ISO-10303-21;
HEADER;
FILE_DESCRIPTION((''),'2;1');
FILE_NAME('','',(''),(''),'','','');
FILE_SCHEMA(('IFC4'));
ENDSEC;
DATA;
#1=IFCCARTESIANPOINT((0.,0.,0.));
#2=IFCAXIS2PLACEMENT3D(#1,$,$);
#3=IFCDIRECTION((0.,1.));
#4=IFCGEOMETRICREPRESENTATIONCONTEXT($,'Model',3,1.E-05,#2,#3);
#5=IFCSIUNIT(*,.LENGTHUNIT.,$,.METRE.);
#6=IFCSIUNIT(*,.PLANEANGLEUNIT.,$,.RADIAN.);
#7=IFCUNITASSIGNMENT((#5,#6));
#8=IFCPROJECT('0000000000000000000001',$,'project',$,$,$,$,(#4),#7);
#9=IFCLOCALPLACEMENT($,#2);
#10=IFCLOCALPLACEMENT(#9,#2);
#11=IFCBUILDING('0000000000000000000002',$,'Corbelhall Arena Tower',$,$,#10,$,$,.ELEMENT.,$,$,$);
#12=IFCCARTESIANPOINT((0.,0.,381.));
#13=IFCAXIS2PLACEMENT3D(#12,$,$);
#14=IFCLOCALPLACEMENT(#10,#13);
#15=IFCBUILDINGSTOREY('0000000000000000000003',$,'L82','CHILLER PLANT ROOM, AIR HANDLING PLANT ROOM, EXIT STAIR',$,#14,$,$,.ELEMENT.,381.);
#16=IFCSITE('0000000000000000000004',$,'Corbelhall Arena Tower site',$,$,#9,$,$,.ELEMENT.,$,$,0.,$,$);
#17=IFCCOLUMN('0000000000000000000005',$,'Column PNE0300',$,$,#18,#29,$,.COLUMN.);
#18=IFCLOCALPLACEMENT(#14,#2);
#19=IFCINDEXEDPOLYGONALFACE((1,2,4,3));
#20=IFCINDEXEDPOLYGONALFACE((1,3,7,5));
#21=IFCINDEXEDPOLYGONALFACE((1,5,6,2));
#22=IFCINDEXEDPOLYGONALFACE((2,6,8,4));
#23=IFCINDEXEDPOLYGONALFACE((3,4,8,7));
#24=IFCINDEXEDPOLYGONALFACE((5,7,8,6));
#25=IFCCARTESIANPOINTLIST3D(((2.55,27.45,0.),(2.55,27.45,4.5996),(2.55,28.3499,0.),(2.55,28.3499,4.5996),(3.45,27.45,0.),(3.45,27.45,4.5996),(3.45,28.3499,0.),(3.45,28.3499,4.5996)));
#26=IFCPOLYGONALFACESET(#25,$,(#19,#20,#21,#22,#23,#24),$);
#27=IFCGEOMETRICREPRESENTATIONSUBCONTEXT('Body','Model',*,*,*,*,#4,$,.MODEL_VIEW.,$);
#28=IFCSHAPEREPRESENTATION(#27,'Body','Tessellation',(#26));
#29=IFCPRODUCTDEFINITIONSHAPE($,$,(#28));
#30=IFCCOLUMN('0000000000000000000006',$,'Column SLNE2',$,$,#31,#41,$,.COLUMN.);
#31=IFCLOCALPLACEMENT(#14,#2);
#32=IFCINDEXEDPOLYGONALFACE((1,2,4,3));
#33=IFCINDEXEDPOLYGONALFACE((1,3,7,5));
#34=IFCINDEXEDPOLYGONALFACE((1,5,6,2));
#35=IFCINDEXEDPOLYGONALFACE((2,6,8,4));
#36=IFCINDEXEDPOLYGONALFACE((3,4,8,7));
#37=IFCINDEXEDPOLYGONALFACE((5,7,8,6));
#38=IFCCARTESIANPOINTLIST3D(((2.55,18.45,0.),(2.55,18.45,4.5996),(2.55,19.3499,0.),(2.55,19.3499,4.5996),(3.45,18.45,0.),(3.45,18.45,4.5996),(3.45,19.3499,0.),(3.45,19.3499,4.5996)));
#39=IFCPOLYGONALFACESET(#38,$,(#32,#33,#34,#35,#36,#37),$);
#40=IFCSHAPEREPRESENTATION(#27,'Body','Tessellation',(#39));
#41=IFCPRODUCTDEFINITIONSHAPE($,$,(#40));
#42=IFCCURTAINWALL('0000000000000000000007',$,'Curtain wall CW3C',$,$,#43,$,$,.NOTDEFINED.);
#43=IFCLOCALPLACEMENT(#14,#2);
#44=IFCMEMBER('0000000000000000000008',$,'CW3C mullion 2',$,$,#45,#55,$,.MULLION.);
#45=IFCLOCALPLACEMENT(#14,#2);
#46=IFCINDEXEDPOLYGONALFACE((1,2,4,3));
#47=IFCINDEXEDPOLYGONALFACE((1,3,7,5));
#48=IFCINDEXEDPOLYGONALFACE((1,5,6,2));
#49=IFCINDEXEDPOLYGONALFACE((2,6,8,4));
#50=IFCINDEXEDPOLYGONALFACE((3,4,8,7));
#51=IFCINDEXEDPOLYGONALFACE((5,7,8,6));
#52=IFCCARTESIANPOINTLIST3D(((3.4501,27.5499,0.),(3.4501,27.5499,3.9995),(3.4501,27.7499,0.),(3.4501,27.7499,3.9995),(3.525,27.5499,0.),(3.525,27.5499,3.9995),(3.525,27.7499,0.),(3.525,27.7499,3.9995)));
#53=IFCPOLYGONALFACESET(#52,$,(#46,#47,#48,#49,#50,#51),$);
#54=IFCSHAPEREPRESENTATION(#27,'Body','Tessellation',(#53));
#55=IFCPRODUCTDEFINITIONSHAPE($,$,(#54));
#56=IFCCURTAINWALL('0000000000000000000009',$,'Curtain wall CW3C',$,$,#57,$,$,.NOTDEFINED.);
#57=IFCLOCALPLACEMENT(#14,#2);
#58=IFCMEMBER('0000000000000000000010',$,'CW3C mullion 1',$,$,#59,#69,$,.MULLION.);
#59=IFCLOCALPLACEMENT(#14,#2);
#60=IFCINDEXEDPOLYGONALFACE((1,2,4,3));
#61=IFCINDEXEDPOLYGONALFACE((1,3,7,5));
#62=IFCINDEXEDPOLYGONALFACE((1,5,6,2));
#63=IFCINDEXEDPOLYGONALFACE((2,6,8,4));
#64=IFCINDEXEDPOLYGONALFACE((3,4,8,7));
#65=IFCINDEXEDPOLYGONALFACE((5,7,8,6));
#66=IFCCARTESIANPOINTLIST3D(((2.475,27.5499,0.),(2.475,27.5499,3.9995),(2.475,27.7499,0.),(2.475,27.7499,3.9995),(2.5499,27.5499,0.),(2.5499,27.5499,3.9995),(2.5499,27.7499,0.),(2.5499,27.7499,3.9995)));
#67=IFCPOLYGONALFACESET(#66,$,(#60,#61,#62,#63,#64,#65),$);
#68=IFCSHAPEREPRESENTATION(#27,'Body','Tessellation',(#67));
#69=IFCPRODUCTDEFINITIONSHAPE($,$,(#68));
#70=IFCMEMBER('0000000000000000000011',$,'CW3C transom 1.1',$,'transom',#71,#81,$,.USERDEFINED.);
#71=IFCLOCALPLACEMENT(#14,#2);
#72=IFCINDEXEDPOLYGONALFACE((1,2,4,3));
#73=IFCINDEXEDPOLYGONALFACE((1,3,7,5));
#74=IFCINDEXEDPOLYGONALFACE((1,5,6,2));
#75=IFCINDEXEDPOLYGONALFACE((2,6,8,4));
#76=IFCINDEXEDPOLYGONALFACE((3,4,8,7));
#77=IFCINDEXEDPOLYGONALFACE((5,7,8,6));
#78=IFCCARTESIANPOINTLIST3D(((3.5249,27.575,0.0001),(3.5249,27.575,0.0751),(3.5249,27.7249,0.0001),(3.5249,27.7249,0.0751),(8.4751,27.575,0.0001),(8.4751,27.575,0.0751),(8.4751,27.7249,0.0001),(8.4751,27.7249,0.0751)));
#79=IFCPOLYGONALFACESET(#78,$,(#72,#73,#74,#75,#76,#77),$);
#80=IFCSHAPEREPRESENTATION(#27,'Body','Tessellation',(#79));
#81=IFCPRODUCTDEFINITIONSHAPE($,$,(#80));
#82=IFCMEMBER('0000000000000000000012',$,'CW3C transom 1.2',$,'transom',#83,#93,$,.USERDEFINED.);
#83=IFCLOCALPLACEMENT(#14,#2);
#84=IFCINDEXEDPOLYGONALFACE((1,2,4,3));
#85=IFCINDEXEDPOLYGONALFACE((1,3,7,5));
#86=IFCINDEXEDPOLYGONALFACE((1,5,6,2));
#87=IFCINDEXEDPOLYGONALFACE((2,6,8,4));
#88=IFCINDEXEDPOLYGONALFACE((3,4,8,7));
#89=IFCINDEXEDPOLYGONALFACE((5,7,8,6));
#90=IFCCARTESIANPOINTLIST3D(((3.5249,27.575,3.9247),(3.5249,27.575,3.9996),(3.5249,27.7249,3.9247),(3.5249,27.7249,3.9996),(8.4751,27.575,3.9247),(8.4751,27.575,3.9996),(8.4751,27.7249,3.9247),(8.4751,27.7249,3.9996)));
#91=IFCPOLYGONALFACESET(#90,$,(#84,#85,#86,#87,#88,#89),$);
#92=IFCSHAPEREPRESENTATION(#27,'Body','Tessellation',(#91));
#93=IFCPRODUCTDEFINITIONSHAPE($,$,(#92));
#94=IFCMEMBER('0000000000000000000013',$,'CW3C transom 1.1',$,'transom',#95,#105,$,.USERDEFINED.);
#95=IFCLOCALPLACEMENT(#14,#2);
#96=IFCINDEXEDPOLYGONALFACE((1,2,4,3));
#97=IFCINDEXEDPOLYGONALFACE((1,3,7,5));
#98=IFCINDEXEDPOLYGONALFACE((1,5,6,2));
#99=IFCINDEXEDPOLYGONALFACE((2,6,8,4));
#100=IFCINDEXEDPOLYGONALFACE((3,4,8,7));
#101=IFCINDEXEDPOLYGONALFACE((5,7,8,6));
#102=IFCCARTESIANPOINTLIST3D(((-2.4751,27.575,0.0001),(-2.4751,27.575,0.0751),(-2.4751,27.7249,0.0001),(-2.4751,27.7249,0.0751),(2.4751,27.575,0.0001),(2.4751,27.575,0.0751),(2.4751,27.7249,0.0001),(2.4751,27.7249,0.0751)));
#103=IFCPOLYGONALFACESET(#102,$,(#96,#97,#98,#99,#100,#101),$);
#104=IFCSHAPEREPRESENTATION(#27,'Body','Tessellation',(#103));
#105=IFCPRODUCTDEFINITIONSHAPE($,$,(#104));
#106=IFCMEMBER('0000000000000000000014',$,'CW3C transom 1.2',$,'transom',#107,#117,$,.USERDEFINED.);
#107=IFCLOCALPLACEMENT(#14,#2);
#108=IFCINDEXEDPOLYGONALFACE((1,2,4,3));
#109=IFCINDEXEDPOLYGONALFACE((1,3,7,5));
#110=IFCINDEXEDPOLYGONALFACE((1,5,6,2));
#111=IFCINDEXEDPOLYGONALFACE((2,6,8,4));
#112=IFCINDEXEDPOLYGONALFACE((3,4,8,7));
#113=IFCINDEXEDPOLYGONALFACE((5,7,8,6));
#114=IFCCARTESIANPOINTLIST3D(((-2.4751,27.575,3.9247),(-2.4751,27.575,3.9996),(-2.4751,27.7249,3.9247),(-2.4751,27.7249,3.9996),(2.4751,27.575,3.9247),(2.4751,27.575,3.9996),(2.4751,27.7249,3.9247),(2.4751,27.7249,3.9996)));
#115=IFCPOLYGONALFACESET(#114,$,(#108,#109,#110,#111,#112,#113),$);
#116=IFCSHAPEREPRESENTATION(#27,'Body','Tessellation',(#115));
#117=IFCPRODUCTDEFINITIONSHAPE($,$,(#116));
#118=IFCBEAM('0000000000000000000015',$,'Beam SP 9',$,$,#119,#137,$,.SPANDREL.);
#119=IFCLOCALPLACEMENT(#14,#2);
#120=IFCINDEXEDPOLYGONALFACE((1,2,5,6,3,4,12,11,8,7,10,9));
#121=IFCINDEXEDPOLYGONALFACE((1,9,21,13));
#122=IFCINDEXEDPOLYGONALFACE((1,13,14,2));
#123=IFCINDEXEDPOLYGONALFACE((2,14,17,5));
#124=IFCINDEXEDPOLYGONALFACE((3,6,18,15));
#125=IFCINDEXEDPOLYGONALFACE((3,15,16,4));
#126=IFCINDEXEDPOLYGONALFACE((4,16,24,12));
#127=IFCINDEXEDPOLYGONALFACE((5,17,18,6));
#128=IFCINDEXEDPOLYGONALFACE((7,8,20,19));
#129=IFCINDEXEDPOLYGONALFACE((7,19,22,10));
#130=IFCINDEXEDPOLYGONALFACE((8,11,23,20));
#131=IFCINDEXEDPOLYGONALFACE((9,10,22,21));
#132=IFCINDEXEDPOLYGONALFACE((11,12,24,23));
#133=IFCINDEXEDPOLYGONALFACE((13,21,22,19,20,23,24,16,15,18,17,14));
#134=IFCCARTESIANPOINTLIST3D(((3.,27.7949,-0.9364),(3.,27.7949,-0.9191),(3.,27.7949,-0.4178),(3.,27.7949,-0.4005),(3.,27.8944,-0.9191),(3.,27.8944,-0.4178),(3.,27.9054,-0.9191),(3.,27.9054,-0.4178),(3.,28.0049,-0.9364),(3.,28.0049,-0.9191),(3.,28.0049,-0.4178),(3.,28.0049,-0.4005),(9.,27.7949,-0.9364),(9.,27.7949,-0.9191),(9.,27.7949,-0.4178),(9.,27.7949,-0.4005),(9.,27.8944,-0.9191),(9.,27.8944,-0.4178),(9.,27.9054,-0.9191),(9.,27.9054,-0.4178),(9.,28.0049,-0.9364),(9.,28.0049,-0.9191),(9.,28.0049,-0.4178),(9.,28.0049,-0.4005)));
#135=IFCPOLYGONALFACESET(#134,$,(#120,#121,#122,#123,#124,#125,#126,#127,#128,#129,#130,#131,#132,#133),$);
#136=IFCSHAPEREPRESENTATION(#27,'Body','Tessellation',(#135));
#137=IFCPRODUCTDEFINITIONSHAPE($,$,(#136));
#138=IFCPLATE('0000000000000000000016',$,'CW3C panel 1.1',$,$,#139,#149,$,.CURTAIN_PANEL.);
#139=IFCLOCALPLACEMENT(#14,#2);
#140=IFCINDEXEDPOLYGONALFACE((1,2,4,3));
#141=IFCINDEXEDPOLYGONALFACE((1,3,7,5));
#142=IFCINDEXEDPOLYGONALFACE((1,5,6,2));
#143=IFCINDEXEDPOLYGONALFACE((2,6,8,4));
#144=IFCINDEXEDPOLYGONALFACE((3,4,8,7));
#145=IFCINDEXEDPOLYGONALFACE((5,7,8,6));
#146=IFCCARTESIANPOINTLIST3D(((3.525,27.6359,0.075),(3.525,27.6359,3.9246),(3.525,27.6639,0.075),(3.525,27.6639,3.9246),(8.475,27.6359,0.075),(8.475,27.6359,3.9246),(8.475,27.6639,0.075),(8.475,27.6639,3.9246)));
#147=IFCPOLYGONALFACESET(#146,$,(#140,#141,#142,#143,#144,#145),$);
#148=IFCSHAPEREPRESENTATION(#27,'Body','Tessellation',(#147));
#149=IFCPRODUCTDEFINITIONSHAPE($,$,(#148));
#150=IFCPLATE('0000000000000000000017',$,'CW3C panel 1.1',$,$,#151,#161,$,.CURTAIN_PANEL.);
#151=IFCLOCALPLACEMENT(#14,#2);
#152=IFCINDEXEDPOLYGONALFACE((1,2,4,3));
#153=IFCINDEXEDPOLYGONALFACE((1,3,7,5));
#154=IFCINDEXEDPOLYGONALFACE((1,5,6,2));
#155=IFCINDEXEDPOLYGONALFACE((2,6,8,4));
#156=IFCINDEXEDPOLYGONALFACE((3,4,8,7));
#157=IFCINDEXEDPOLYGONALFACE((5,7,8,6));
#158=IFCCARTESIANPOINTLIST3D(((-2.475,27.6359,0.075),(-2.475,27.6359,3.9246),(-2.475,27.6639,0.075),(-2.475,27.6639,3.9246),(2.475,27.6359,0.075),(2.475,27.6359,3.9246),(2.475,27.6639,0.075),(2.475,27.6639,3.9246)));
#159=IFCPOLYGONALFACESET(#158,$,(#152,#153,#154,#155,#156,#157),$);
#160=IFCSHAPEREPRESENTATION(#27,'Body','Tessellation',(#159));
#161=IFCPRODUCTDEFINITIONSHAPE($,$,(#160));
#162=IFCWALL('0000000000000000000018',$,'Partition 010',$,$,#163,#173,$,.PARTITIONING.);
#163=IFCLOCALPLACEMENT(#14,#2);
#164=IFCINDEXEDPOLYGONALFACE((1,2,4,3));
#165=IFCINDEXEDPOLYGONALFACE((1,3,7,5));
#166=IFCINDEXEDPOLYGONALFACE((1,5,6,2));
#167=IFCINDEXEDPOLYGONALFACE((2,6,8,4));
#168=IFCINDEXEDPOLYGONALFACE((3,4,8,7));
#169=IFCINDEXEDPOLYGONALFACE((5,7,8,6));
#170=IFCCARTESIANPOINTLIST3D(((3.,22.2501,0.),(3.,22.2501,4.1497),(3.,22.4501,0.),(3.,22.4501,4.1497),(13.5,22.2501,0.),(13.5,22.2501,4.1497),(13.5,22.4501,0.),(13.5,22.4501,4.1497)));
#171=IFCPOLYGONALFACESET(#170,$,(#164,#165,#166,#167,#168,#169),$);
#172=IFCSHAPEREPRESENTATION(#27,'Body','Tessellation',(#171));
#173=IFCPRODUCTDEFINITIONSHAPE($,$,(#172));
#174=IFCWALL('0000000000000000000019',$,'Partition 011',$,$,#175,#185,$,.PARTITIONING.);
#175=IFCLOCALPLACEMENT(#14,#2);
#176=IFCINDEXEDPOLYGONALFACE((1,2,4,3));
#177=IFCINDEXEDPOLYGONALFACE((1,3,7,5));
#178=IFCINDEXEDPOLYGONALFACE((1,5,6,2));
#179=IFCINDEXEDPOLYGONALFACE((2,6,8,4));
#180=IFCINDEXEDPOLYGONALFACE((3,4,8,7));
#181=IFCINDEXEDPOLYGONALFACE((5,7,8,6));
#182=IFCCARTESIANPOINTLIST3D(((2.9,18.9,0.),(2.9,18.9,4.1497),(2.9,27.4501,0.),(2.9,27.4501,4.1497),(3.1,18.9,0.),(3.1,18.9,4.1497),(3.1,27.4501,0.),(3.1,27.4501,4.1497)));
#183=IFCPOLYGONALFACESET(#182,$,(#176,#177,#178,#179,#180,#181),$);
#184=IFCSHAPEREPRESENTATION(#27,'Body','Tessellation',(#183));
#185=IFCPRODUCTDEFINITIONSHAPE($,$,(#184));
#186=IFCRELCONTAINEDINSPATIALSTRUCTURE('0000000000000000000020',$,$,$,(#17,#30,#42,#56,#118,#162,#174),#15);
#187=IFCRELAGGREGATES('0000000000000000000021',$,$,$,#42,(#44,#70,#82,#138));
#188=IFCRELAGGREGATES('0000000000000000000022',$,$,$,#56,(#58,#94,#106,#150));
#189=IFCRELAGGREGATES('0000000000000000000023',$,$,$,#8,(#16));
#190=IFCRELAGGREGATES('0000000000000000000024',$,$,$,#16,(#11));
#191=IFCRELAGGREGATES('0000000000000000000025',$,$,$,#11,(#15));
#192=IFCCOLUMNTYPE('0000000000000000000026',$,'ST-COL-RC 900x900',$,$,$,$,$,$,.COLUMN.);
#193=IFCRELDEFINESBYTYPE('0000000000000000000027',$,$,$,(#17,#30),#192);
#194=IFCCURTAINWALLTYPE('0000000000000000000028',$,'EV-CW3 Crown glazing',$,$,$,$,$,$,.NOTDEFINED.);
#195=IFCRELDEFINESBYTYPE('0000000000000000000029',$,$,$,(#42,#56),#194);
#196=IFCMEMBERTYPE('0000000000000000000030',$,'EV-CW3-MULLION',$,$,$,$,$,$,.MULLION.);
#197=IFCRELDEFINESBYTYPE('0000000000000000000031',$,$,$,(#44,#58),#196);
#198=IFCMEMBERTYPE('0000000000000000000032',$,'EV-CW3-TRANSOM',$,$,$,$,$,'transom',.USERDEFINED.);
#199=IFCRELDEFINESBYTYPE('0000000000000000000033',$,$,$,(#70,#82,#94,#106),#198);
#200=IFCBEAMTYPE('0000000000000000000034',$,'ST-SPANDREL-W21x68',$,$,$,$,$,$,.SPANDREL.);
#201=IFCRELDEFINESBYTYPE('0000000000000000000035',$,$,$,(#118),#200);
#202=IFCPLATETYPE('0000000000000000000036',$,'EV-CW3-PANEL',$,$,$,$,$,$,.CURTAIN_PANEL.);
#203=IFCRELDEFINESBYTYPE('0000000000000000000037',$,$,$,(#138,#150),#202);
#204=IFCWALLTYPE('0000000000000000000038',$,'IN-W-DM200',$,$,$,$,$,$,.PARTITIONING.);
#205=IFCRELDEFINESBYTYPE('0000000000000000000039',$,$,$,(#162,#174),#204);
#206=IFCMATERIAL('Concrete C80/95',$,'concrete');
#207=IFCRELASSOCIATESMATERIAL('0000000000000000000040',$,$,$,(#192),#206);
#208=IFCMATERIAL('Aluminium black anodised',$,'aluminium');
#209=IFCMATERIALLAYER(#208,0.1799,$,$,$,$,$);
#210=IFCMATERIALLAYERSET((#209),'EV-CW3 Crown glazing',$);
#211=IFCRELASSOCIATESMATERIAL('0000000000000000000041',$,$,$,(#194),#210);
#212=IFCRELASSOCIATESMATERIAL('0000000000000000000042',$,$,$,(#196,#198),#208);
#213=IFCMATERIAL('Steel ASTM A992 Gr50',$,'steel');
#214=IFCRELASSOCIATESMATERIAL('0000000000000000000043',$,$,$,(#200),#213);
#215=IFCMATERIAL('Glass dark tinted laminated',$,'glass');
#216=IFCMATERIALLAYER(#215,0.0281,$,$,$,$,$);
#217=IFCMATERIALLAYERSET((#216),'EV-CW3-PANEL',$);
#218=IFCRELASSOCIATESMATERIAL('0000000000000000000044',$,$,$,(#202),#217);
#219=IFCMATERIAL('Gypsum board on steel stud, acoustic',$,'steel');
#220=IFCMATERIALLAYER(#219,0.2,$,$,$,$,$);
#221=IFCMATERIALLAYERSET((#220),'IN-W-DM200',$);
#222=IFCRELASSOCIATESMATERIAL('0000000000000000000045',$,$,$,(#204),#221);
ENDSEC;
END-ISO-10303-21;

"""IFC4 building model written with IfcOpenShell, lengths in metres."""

from ifc_helpers import new_model, si_unit, direction, frame, frame_2d, origin, origin_2d, place, context, subcontext, project, spatial, rectangle, i_section, extrude, material, layer, layer_set, material_profile, profile_set, type_object, element, aggregate, save


model = new_model("IFC4")

# Units and contexts
model_context = context("Model", 3, precision=1e-05, world=origin(), true_north=direction((0.0, 1.0)))
body_context = subcontext(model_context, "Body", "Model", "MODEL_VIEW")
ifc_project = project(units=[si_unit("LENGTHUNIT", "METRE"), si_unit("PLANEANGLEUNIT", "RADIAN")], contexts=[model_context])

# Site, building, storey
site_placement = place(None, origin())
site = spatial("IfcSite", under=ifc_project, at=site_placement, Name="Corbelhall Arena Tower site", CompositionType="ELEMENT", RefElevation=0.0)
building_placement = place(site_placement, origin())
building = spatial("IfcBuilding", under=site, at=building_placement, Name="Corbelhall Arena Tower", CompositionType="ELEMENT")
storey_placement = place(building_placement, frame((0.0, 0.0, 381.0)))
storey = spatial("IfcBuildingStorey", under=building, at=storey_placement, Name="L82", Description="CHILLER PLANT ROOM, AIR HANDLING PLANT ROOM, EXIT STAIR", CompositionType="ELEMENT", Elevation=381.0)

# Columns
ifc_material_1 = material(Name="Concrete C80/95", Category="concrete")
ifc_material_profile_1 = material_profile(ifc_material_1, rectangle(XDim=0.8999, YDim=0.8999, at=origin_2d()))
ifc_profile_set_1 = profile_set([ifc_material_profile_1], Name="Concrete C80/95")
column_type = type_object("IfcColumnType", Name="ST-COL-RC 900x900", PredefinedType="COLUMN", material=ifc_profile_set_1)
for number, where, z_axis, x_axis, name in (
    (1, (3.0, 27.8999, 0.0), (0.0, 0.0, 1.0), (1.0, 0.0, 0.0), "Column PNE0300"),
    (2, (3.0, 18.8999, 0.0), (0.0, 0.0, 1.0), (1.0, 0.0, 0.0), "Column SLNE2"),
):
    element("IfcColumn", number, at=place(storey_placement, frame(where, z_axis=z_axis, x_axis=x_axis)), inside=storey, type_object=column_type, Name=name, PredefinedType="COLUMN", context=body_context, shape_type="SweptSolid", body=[
        extrude(rectangle(XDim=0.8999, YDim=0.8999, at=origin_2d()), origin(), (0.0, 0.0, 1.0), 4.5996),
    ])

# Curtain walls, members
ifc_material_2 = material(Name="Aluminium black anodised", Category="aluminium")
ifc_layer_1 = layer(ifc_material_2, 0.1799)
ifc_layer_set_1 = layer_set([ifc_layer_1], Name="EV-CW3 Crown glazing")
curtain_wall_type = type_object("IfcCurtainWallType", Name="EV-CW3 Crown glazing", PredefinedType="NOTDEFINED", material=ifc_layer_set_1)
curtain_wall_1_placement = place(storey_placement, origin())
curtain_wall_1 = element("IfcCurtainWall", 3, at=curtain_wall_1_placement, inside=storey, type_object=curtain_wall_type, Name="Curtain wall CW3C", PredefinedType="NOTDEFINED")
ifc_material_profile_2 = material_profile(ifc_material_2, rectangle(XDim=0.2, YDim=0.075, at=origin_2d()))
ifc_profile_set_2 = profile_set([ifc_material_profile_2], Name="Aluminium black anodised")
member_type_1 = type_object("IfcMemberType", Name="EV-CW3-MULLION", PredefinedType="MULLION", material=ifc_profile_set_2)
member_1_placement = place(storey_placement, frame((3.4875, 27.6499, 0.0), z_axis=(0.0, 0.0, 1.0), x_axis=(0.0, -1.0, 0.0)))
member_1 = element("IfcMember", 4, at=member_1_placement, type_object=member_type_1, Name="CW3C mullion 2", PredefinedType="MULLION", context=body_context, shape_type="SweptSolid", body=[
    extrude(rectangle(XDim=0.2, YDim=0.075, at=origin_2d()), origin(), (0.0, 0.0, 1.0), 3.9995),
])
curtain_wall_2_placement = place(storey_placement, origin())
curtain_wall_2 = element("IfcCurtainWall", 5, at=curtain_wall_2_placement, inside=storey, type_object=curtain_wall_type, Name="Curtain wall CW3C", PredefinedType="NOTDEFINED")
member_2_placement = place(storey_placement, frame((2.5125, 27.6499, 0.0), z_axis=(0.0, 0.0, 1.0), x_axis=(0.0, -1.0, 0.0)))
member_2 = element("IfcMember", 6, at=member_2_placement, type_object=member_type_1, Name="CW3C mullion 1", PredefinedType="MULLION", context=body_context, shape_type="SweptSolid", body=[
    extrude(rectangle(XDim=0.2, YDim=0.075, at=origin_2d()), origin(), (0.0, 0.0, 1.0), 3.9995),
])

# Members
ifc_material_profile_3 = material_profile(ifc_material_2, rectangle(XDim=0.1499, YDim=0.075, at=origin_2d()))
ifc_profile_set_3 = profile_set([ifc_material_profile_3], Name="Aluminium black anodised")
member_type_2 = type_object("IfcMemberType", Name="EV-CW3-TRANSOM", ElementType="transom", PredefinedType="USERDEFINED", material=ifc_profile_set_3)
member_3_placement = place(storey_placement, frame((8.4751, 27.6499, 0.0376), z_axis=(-1.0, 0.0, 0.0), x_axis=(0.0, -1.0, 0.0)))
member_3 = element("IfcMember", 7, at=member_3_placement, type_object=member_type_2, Name="CW3C transom 1.1", ObjectType="transom", PredefinedType="USERDEFINED", context=body_context, shape_type="SweptSolid", body=[
    extrude(rectangle(XDim=0.1499, YDim=0.075, at=origin_2d()), origin(), (0.0, 0.0, 1.0), 4.9502),
])
member_4_placement = place(storey_placement, frame((8.4751, 27.6499, 3.9622), z_axis=(-1.0, 0.0, 0.0), x_axis=(0.0, -1.0, 0.0)))
member_4 = element("IfcMember", 8, at=member_4_placement, type_object=member_type_2, Name="CW3C transom 1.2", ObjectType="transom", PredefinedType="USERDEFINED", context=body_context, shape_type="SweptSolid", body=[
    extrude(rectangle(XDim=0.1499, YDim=0.075, at=origin_2d()), origin(), (0.0, 0.0, 1.0), 4.9502),
])
member_5_placement = place(storey_placement, frame((2.4751, 27.6499, 0.0376), z_axis=(-1.0, 0.0, 0.0), x_axis=(0.0, -1.0, 0.0)))
member_5 = element("IfcMember", 9, at=member_5_placement, type_object=member_type_2, Name="CW3C transom 1.1", ObjectType="transom", PredefinedType="USERDEFINED", context=body_context, shape_type="SweptSolid", body=[
    extrude(rectangle(XDim=0.1499, YDim=0.075, at=origin_2d()), origin(), (0.0, 0.0, 1.0), 4.9502),
])
member_6_placement = place(storey_placement, frame((2.4751, 27.6499, 3.9622), z_axis=(-1.0, 0.0, 0.0), x_axis=(0.0, -1.0, 0.0)))
member_6 = element("IfcMember", 10, at=member_6_placement, type_object=member_type_2, Name="CW3C transom 1.2", ObjectType="transom", PredefinedType="USERDEFINED", context=body_context, shape_type="SweptSolid", body=[
    extrude(rectangle(XDim=0.1499, YDim=0.075, at=origin_2d()), origin(), (0.0, 0.0, 1.0), 4.9502),
])

# Beam
ifc_material_3 = material(Name="Steel ASTM A992 Gr50", Category="steel")
ifc_material_profile_4 = material_profile(ifc_material_3, i_section(OverallWidth=0.21, OverallDepth=0.5359, WebThickness=0.011, FlangeThickness=0.0173, at=origin_2d()))
ifc_profile_set_4 = profile_set([ifc_material_profile_4], Name="Steel ASTM A992 Gr50")
beam_type = type_object("IfcBeamType", Name="ST-SPANDREL-W21x68", PredefinedType="SPANDREL", material=ifc_profile_set_4)
beam_placement = place(storey_placement, frame((3.0, 27.8999, -0.6685), z_axis=(1.0, 0.0, 0.0), x_axis=(0.0, 1.0, 0.0)))
element("IfcBeam", 11, at=beam_placement, inside=storey, type_object=beam_type, Name="Beam SP 9", PredefinedType="SPANDREL", context=body_context, shape_type="SweptSolid", body=[
    extrude(i_section(OverallWidth=0.21, OverallDepth=0.5359, WebThickness=0.011, FlangeThickness=0.0173, at=origin_2d()), origin(), (0.0, 0.0, 1.0), 6.0),
])

# Plates
ifc_material_4 = material(Name="Glass dark tinted laminated", Category="glass")
ifc_layer_2 = layer(ifc_material_4, 0.0281)
ifc_layer_set_2 = layer_set([ifc_layer_2], Name="EV-CW3-PANEL")
plate_type = type_object("IfcPlateType", Name="EV-CW3-PANEL", PredefinedType="CURTAIN_PANEL", material=ifc_layer_set_2)
plate_1_placement = place(storey_placement, frame((6.0, 27.6499, 0.075), z_axis=(0.0, 0.0, 1.0), x_axis=(-1.0, 0.0, 0.0)))
plate_1 = element("IfcPlate", 12, at=plate_1_placement, type_object=plate_type, Name="CW3C panel 1.1", PredefinedType="CURTAIN_PANEL", context=body_context, shape_type="SweptSolid", body=[
    extrude(rectangle(XDim=4.95, YDim=0.0281, at=origin_2d()), origin(), (0.0, 0.0, 1.0), 3.8496),
])
aggregate(curtain_wall_1, [member_1, member_3, member_4, plate_1])
plate_2_placement = place(storey_placement, frame((0.0, 27.6499, 0.075), z_axis=(0.0, 0.0, 1.0), x_axis=(-1.0, 0.0, 0.0)))
plate_2 = element("IfcPlate", 13, at=plate_2_placement, type_object=plate_type, Name="CW3C panel 1.1", PredefinedType="CURTAIN_PANEL", context=body_context, shape_type="SweptSolid", body=[
    extrude(rectangle(XDim=4.95, YDim=0.0281, at=origin_2d()), origin(), (0.0, 0.0, 1.0), 3.8496),
])
aggregate(curtain_wall_2, [member_2, member_5, member_6, plate_2])

# Walls
ifc_material_5 = material(Name="Gypsum board on steel stud, acoustic", Category="steel")
ifc_layer_3 = layer(ifc_material_5, 0.2)
ifc_layer_set_3 = layer_set([ifc_layer_3], Name="IN-W-DM200")
wall_type_1 = type_object("IfcWallType", Name="IN-W-DM200", PredefinedType="PARTITIONING", material=ifc_layer_set_3)
wall_1_placement = place(storey_placement, frame((3.0, 22.3501, 0.0), z_axis=(0.0, 0.0, 1.0), x_axis=(1.0, 0.0, 0.0)))
element("IfcWall", 14, at=wall_1_placement, inside=storey, type_object=wall_type_1, Name="Partition 010", PredefinedType="PARTITIONING", context=body_context, shape_type="SweptSolid", body=[
    extrude(rectangle(XDim=10.5, YDim=0.2, at=frame_2d((5.25, 0.0))), origin(), (0.0, 0.0, 1.0), 4.1497),
])
wall_2_placement = place(storey_placement, frame((3.0, 27.45, 0.0), z_axis=(0.0, 0.0, 1.0), x_axis=(0.0, -1.0, 0.0)))
element("IfcWall", 15, at=wall_2_placement, inside=storey, type_object=wall_type_1, Name="Partition 011", PredefinedType="PARTITIONING", context=body_context, shape_type="SweptSolid", body=[
    extrude(rectangle(XDim=8.55, YDim=0.2, at=frame_2d((4.2749, 0.0))), origin(), (0.0, 0.0, 1.0), 4.1497),
])

save(model, "model.ifc")
